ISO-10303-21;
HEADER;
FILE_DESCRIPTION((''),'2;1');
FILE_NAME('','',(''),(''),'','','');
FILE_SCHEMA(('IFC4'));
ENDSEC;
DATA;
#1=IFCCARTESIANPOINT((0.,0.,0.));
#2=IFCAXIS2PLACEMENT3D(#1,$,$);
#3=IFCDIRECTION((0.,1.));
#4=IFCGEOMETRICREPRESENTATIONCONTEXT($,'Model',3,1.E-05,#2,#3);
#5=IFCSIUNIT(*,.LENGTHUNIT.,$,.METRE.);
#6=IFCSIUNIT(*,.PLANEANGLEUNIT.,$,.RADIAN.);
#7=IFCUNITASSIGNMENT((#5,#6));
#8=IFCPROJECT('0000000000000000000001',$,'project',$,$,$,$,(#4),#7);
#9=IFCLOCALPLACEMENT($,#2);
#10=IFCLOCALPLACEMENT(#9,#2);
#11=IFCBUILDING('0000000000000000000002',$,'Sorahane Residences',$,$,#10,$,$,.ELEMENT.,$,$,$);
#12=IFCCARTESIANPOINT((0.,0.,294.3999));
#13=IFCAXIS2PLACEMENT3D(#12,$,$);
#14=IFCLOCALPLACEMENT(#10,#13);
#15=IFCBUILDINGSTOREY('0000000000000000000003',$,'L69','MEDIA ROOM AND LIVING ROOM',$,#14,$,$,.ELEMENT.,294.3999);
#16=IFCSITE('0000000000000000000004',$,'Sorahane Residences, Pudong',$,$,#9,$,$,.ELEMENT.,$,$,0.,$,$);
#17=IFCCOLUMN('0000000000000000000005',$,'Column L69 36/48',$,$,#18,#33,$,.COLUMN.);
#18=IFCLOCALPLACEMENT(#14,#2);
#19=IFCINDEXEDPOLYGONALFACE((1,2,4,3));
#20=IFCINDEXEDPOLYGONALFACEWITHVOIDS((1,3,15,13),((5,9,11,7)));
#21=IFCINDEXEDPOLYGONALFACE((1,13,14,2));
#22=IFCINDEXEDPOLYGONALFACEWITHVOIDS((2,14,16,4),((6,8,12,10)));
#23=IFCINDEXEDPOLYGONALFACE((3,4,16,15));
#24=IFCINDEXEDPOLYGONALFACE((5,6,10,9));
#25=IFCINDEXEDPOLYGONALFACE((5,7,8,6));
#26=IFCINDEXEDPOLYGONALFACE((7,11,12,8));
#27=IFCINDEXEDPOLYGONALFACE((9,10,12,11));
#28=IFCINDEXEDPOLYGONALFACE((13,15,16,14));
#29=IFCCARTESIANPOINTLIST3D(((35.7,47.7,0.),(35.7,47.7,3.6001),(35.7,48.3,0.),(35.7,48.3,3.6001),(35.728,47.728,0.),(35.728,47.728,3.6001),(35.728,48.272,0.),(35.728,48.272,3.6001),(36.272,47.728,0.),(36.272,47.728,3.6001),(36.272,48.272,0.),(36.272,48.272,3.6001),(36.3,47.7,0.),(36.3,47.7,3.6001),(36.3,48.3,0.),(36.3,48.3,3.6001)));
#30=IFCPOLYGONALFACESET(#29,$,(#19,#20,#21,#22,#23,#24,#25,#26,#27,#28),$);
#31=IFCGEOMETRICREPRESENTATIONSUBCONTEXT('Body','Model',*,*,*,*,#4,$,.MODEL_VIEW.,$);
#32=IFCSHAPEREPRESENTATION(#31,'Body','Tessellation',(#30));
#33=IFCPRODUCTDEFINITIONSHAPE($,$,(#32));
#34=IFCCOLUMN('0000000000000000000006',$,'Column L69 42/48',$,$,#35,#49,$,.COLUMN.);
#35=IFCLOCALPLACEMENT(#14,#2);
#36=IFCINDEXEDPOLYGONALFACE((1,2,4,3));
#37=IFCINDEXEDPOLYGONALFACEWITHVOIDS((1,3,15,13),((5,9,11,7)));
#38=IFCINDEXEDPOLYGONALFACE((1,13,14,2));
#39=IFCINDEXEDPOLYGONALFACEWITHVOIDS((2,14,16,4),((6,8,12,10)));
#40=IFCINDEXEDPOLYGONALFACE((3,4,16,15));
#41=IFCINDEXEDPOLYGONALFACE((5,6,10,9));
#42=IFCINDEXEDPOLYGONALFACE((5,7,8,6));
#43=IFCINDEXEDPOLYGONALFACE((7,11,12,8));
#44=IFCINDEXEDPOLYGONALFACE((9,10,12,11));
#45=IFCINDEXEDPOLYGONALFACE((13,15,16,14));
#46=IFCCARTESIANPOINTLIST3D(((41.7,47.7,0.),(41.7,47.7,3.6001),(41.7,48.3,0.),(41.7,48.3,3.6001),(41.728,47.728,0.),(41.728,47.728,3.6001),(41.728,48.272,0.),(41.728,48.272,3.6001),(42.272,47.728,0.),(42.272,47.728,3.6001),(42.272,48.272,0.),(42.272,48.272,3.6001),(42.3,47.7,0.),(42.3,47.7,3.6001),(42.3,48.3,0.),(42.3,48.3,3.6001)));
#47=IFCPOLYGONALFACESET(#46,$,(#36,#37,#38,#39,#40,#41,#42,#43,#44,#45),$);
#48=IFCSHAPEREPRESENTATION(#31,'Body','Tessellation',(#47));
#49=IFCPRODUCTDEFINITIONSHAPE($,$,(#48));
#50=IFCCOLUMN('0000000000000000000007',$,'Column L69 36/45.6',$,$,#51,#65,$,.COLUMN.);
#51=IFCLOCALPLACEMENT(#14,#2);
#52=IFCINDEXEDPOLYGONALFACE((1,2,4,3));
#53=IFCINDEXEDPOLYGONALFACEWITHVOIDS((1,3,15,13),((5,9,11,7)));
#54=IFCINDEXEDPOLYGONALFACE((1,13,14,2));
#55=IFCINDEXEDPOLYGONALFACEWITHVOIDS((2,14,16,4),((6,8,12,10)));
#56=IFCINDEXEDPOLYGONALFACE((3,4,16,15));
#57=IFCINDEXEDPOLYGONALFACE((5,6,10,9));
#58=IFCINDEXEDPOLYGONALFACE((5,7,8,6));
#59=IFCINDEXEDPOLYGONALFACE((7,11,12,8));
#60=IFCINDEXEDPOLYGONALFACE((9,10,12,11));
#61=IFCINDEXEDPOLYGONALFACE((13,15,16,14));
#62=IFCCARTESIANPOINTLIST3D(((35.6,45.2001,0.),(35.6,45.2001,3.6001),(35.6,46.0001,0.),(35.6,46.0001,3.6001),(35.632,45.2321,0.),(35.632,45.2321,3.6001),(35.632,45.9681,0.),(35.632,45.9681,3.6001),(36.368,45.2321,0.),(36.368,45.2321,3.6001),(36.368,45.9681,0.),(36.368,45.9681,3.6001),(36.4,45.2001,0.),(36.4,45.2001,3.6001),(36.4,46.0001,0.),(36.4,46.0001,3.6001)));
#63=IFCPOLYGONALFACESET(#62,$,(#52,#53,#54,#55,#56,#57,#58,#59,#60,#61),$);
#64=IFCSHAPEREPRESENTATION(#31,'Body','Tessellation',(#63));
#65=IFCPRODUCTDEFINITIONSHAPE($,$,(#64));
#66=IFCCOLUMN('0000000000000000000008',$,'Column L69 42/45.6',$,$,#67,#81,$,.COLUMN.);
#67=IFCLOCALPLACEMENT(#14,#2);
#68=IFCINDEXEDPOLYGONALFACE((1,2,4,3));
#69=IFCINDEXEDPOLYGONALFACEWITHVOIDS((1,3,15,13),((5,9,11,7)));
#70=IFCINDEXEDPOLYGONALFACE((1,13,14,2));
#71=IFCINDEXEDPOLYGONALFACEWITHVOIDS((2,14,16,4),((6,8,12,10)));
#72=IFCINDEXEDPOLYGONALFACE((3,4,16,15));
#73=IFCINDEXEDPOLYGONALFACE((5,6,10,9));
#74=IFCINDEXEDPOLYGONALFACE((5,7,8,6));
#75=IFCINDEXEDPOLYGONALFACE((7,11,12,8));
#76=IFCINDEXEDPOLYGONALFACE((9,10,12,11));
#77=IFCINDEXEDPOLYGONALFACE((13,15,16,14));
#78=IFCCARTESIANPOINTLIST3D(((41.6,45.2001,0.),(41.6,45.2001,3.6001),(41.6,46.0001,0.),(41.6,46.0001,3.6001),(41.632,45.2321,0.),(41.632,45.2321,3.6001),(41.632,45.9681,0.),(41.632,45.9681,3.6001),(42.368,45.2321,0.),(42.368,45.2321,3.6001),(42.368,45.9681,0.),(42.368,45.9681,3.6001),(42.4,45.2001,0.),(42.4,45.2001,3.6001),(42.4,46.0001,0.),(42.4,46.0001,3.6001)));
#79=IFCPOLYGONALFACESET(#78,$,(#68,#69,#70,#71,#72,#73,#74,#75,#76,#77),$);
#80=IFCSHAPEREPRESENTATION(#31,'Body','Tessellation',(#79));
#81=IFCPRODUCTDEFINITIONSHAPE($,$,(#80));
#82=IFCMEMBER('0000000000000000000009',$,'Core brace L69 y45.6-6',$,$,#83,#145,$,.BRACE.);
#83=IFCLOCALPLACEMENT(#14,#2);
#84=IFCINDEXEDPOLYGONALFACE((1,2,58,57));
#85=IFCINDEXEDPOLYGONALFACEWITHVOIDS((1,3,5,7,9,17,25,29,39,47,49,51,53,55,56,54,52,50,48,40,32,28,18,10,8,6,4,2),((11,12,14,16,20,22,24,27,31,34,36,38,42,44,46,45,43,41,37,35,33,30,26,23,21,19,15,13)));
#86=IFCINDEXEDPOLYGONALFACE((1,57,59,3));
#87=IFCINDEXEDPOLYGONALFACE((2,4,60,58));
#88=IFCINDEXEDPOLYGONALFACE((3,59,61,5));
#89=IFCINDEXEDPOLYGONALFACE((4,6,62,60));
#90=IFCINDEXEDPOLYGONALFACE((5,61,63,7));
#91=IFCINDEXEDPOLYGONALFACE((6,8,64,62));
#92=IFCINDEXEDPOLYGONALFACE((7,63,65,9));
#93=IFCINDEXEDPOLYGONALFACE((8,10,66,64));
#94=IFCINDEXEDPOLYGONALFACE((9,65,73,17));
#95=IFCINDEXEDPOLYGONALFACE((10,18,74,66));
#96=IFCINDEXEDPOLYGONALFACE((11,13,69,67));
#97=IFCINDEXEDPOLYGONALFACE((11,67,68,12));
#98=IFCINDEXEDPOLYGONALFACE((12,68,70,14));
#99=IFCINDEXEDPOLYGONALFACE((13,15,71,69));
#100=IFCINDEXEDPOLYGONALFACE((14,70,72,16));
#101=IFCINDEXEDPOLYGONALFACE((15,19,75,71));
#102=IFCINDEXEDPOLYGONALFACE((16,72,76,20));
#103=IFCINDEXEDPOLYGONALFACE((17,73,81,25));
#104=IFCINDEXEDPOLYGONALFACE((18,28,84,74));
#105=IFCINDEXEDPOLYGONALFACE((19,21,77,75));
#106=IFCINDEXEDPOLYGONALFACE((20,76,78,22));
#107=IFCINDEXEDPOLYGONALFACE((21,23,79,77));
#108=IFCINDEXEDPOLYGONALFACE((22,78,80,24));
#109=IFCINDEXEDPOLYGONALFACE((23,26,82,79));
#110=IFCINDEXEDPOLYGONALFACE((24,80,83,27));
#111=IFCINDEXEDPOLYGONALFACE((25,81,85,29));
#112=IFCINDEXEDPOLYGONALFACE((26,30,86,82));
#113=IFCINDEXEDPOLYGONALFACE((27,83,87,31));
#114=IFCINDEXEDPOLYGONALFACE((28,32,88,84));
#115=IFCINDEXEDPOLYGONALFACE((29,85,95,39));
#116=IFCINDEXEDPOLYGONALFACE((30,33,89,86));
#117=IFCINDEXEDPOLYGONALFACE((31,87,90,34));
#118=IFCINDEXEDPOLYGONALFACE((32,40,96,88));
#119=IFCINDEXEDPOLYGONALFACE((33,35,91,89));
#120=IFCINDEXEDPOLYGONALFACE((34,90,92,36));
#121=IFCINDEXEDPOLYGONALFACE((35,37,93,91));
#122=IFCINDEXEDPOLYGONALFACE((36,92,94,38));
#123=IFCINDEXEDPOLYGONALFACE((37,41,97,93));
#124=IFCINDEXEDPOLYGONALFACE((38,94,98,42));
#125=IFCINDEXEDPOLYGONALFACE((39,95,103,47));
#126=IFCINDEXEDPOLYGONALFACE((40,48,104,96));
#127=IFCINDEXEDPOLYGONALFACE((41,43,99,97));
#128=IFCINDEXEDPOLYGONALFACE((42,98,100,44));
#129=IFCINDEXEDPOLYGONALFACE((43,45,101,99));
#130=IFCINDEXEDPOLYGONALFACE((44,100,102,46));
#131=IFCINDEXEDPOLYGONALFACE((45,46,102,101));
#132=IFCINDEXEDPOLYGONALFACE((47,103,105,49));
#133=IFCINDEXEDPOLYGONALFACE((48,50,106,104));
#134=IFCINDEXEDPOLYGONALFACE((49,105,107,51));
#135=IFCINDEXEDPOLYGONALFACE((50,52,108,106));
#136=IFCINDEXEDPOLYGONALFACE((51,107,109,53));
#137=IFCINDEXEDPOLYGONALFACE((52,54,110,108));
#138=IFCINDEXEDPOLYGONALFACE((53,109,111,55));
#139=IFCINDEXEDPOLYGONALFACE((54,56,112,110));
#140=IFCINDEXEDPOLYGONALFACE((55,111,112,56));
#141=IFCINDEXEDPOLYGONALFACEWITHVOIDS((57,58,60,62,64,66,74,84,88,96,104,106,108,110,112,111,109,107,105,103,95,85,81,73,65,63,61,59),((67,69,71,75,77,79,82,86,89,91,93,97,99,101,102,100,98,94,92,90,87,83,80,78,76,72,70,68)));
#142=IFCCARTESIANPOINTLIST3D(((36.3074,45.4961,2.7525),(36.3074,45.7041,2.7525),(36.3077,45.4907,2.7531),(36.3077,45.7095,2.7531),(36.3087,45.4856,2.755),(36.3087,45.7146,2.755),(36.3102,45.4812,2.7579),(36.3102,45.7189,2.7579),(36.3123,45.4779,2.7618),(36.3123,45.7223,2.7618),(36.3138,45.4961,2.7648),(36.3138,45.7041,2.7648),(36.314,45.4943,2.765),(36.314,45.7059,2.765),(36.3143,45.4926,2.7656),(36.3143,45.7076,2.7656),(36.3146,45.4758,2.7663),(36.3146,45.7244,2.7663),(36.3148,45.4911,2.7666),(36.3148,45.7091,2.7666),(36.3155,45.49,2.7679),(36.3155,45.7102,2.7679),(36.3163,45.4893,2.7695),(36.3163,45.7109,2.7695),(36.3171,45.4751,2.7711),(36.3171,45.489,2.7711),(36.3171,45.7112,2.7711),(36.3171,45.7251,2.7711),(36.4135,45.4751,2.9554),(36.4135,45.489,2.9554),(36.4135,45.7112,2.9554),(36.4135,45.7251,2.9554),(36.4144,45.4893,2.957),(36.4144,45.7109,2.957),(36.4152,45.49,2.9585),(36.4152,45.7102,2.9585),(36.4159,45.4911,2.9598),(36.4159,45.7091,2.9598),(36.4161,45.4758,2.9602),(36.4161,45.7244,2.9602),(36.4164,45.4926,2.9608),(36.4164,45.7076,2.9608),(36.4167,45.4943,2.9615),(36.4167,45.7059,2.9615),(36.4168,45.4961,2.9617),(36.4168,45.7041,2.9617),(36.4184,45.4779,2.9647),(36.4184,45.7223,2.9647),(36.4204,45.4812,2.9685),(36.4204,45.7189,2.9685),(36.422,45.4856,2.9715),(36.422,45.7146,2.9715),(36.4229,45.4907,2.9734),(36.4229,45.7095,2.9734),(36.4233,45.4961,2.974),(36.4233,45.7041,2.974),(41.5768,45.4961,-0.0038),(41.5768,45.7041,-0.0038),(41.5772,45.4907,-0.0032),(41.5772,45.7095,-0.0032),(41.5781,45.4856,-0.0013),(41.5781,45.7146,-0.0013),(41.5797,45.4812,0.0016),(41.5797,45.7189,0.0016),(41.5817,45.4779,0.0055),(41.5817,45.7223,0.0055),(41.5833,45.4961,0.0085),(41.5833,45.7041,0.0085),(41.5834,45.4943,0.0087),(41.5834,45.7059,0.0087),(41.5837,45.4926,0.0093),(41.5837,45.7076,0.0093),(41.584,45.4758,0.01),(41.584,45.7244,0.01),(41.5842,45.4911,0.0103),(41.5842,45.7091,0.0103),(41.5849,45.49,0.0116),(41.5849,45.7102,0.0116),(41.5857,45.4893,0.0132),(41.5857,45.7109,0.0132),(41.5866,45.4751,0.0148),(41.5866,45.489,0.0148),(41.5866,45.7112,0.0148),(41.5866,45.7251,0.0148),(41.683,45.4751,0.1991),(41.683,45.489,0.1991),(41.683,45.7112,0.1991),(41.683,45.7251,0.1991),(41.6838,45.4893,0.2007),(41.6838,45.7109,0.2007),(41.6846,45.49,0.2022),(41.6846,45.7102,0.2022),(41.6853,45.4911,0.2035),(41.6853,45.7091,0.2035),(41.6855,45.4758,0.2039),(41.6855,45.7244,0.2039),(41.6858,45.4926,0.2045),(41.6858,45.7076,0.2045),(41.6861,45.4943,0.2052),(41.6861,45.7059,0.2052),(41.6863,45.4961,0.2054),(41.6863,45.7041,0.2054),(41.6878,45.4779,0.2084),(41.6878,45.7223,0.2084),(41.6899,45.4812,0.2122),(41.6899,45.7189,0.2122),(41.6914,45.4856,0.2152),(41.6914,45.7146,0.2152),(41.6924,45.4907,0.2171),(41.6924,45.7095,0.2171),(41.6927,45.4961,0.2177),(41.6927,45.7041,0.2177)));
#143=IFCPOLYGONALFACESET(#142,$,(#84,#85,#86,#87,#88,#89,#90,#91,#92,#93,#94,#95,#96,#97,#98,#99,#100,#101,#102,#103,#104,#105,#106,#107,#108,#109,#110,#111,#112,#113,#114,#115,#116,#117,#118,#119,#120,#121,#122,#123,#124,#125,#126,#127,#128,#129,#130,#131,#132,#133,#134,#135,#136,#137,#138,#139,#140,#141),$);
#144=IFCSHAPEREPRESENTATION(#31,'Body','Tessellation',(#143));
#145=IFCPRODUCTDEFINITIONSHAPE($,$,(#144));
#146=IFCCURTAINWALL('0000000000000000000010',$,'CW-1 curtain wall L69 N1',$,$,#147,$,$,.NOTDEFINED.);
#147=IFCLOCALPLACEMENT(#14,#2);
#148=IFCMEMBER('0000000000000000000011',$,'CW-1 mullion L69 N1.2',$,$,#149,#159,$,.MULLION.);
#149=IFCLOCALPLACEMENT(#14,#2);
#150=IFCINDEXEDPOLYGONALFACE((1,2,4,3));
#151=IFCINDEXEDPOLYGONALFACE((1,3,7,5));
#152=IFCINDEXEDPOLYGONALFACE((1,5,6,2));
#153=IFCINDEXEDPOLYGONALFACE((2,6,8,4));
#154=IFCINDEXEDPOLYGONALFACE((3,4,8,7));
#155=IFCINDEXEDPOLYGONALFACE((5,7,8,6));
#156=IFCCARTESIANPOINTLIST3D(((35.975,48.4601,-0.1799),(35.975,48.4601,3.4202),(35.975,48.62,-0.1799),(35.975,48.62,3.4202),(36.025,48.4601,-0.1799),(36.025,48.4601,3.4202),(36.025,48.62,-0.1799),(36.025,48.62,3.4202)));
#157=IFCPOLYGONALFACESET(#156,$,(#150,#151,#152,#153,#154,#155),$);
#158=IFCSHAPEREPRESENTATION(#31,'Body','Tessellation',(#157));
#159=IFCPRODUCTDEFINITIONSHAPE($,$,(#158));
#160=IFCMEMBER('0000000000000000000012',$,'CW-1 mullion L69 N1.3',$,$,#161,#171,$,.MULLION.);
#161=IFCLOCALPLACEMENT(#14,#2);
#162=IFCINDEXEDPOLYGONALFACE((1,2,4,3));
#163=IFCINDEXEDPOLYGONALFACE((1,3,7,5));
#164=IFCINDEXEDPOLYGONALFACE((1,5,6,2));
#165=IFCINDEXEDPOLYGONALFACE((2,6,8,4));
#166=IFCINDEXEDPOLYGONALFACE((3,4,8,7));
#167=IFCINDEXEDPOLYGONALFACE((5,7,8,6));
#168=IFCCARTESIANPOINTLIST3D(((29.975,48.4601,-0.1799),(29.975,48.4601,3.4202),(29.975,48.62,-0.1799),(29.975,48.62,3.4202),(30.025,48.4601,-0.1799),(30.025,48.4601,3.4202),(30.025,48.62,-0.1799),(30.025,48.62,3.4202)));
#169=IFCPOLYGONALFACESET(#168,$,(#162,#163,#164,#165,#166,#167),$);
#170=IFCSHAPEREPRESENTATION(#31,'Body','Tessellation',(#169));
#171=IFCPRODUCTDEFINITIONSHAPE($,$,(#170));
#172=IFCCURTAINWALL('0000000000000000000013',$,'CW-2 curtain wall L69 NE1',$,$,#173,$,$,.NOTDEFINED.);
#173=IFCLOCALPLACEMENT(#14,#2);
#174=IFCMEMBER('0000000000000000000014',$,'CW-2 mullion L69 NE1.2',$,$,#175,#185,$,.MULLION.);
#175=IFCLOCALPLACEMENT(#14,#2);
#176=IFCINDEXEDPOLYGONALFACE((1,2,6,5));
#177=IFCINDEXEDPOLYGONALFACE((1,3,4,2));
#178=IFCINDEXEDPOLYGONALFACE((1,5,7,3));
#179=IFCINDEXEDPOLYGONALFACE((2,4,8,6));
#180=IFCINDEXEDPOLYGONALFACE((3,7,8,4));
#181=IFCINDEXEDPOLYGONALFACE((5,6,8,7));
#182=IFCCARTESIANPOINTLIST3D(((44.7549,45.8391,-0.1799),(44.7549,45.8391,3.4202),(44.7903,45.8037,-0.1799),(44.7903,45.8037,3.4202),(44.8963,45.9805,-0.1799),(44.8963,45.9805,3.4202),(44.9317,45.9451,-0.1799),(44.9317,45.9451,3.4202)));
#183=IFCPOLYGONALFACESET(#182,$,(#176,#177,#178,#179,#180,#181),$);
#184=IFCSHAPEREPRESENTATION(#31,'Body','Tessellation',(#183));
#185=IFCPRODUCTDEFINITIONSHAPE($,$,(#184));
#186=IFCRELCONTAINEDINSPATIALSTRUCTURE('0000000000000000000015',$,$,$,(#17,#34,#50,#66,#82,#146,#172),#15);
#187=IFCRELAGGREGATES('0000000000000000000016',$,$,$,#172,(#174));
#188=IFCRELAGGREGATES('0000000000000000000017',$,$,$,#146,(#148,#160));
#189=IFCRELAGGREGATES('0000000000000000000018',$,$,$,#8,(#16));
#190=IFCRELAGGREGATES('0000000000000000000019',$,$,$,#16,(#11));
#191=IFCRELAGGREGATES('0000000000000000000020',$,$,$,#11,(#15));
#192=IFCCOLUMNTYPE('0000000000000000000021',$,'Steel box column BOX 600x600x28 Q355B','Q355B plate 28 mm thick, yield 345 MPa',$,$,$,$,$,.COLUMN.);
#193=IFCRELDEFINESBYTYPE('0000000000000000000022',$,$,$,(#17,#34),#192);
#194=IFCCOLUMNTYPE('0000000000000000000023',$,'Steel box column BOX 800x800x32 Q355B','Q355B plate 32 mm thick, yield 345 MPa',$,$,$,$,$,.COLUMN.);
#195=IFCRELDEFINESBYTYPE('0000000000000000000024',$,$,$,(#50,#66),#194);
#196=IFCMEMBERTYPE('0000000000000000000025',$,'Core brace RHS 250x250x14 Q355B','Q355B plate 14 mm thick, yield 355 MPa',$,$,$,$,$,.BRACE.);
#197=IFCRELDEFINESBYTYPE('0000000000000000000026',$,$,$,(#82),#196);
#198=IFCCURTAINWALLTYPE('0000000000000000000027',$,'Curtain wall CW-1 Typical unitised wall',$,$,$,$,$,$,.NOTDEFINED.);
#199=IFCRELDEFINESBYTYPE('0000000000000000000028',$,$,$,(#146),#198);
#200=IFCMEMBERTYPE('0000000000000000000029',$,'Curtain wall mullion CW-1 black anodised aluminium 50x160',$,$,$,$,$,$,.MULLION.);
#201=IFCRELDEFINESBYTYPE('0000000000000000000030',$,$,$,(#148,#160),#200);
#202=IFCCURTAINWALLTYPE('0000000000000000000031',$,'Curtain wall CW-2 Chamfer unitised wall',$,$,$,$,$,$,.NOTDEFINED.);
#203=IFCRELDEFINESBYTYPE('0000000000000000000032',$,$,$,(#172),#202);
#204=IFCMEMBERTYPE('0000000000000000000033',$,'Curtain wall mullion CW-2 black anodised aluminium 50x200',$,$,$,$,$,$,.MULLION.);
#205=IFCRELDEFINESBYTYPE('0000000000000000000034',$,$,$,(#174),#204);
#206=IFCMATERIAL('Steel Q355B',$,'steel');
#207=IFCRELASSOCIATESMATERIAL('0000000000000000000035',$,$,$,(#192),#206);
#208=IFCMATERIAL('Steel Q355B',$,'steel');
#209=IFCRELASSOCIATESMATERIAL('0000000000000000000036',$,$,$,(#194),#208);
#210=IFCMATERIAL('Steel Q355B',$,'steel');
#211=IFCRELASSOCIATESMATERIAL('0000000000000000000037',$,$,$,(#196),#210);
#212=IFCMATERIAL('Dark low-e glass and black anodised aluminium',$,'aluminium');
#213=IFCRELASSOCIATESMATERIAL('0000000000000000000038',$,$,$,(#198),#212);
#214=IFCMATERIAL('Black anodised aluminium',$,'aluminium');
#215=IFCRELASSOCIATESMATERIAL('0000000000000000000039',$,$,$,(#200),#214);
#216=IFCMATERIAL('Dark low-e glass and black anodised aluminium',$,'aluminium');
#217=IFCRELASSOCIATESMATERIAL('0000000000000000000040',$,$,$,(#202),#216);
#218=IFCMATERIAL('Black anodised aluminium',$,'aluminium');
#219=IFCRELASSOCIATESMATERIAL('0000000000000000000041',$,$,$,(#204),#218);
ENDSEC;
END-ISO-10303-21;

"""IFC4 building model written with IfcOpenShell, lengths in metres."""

from ifc_helpers import new_model, si_unit, direction, frame, origin, origin_2d, place, context, subcontext, project, spatial, rectangle, hollow_rectangle, extrude, material, material_profile, profile_set, type_object, element, aggregate, save


model = new_model("IFC4")

# Units and contexts
model_context = context("Model", 3, precision=1e-05, world=origin(), true_north=direction((0.0, 1.0)))
body_context = subcontext(model_context, "Body", "Model", "MODEL_VIEW")
ifc_project = project(units=[si_unit("LENGTHUNIT", "METRE"), si_unit("PLANEANGLEUNIT", "RADIAN")], contexts=[model_context])

# Site, building, storey
site_placement = place(None, origin())
site = spatial("IfcSite", under=ifc_project, at=site_placement, Name="Sorahane Residences, Pudong", CompositionType="ELEMENT", RefElevation=0.0)
building_placement = place(site_placement, origin())
building = spatial("IfcBuilding", under=site, at=building_placement, Name="Sorahane Residences", CompositionType="ELEMENT")
storey_placement = place(building_placement, frame((0.0, 0.0, 294.3999)))
storey = spatial("IfcBuildingStorey", under=building, at=storey_placement, Name="L69", Description="MEDIA ROOM AND LIVING ROOM", CompositionType="ELEMENT", Elevation=294.3999)

# Columns
ifc_material_1 = material(Name="Steel Q355B", Category="steel")
ifc_material_profile_1 = material_profile(ifc_material_1, hollow_rectangle(XDim=0.6001, YDim=0.6001, WallThickness=0.0281, at=origin_2d()), Name="BOX 600x600x28")
ifc_profile_set_1 = profile_set([ifc_material_profile_1], Name="Steel Q355B")
column_type_1 = type_object("IfcColumnType", Name="Steel box column BOX 600x600x28 Q355B", Description="Q355B plate 28 mm thick, yield 345 MPa", PredefinedType="COLUMN", material=ifc_profile_set_1)
for number, where, z_axis, x_axis, name in (
    (1, (36.0, 48.0, 0.0), (0.0, 0.0, 1.0), (1.0, 0.0, 0.0), "Column L69 36/48"),
    (2, (42.0, 48.0, 0.0), (0.0, 0.0, 1.0), (1.0, 0.0, 0.0), "Column L69 42/48"),
):
    element("IfcColumn", number, at=place(storey_placement, frame(where, z_axis=z_axis, x_axis=x_axis)), inside=storey, type_object=column_type_1, Name=name, PredefinedType="COLUMN", context=body_context, shape_type="SweptSolid", body=[
        extrude(hollow_rectangle(XDim=0.6001, YDim=0.6001, WallThickness=0.0281, at=origin_2d()), origin(), (0.0, 0.0, 1.0), 3.6001),
    ])
ifc_material_2 = material(Name="Steel Q355B", Category="steel")
ifc_material_profile_2 = material_profile(ifc_material_2, hollow_rectangle(XDim=0.8, YDim=0.8, WallThickness=0.032, at=origin_2d()), Name="BOX 800x800x32")
ifc_profile_set_2 = profile_set([ifc_material_profile_2], Name="Steel Q355B")
column_type_2 = type_object("IfcColumnType", Name="Steel box column BOX 800x800x32 Q355B", Description="Q355B plate 32 mm thick, yield 345 MPa", PredefinedType="COLUMN", material=ifc_profile_set_2)
for number, where, z_axis, x_axis, name in (
    (3, (36.0, 45.6001, 0.0), (0.0, 0.0, 1.0), (1.0, 0.0, 0.0), "Column L69 36/45.6"),
    (4, (42.0, 45.6001, 0.0), (0.0, 0.0, 1.0), (1.0, 0.0, 0.0), "Column L69 42/45.6"),
):
    element("IfcColumn", number, at=place(storey_placement, frame(where, z_axis=z_axis, x_axis=x_axis)), inside=storey, type_object=column_type_2, Name=name, PredefinedType="COLUMN", context=body_context, shape_type="SweptSolid", body=[
        extrude(hollow_rectangle(XDim=0.8, YDim=0.8, WallThickness=0.032, at=origin_2d()), origin(), (0.0, 0.0, 1.0), 3.6001),
    ])

# Member
ifc_material_3 = material(Name="Steel Q355B", Category="steel")
ifc_material_profile_3 = material_profile(ifc_material_3, hollow_rectangle(XDim=0.25, YDim=0.25, WallThickness=0.0139, InnerFilletRadius=0.0071, OuterFilletRadius=0.021, at=origin_2d()), Name="RHS 250x250x14")
ifc_profile_set_3 = profile_set([ifc_material_profile_3], Name="Steel Q355B")
member_type_1 = type_object("IfcMemberType", Name="Core brace RHS 250x250x14 Q355B", Description="Q355B plate 14 mm thick, yield 355 MPa", PredefinedType="BRACE", material=ifc_profile_set_3)
member_1_placement = place(storey_placement, frame((41.6348, 45.6001, 0.1069), z_axis=(-0.8861, 0.0, 0.463495), x_axis=(0.0, -1.0, 0.0)))
element("IfcMember", 5, at=member_1_placement, inside=storey, type_object=member_type_1, Name="Core brace L69 y45.6-6", PredefinedType="BRACE", context=body_context, shape_type="SweptSolid", body=[
    extrude(hollow_rectangle(XDim=0.25, YDim=0.25, WallThickness=0.0139, InnerFilletRadius=0.0071, OuterFilletRadius=0.021, at=origin_2d()), origin(), (0.0, 0.0, 1.0), 5.9468),
])

# Curtain walls, members
ifc_material_4 = material(Name="Dark low-e glass and black anodised aluminium", Category="aluminium")
curtain_wall_type_1 = type_object("IfcCurtainWallType", Name="Curtain wall CW-1 Typical unitised wall", PredefinedType="NOTDEFINED", material=ifc_material_4)
curtain_wall_1_placement = place(storey_placement, origin())
curtain_wall_1 = element("IfcCurtainWall", 6, at=curtain_wall_1_placement, inside=storey, type_object=curtain_wall_type_1, Name="CW-1 curtain wall L69 N1", PredefinedType="NOTDEFINED")
ifc_material_5 = material(Name="Black anodised aluminium", Category="aluminium")
ifc_material_profile_4 = material_profile(ifc_material_5, rectangle(XDim=0.1599, YDim=0.05, at=origin_2d()), Name="Curtain wall mullion CW-1 black anodised aluminium 50x160")
ifc_profile_set_4 = profile_set([ifc_material_profile_4], Name="Black anodised aluminium")
member_type_2 = type_object("IfcMemberType", Name="Curtain wall mullion CW-1 black anodised aluminium 50x160", PredefinedType="MULLION", material=ifc_profile_set_4)
member_2_placement = place(storey_placement, frame((36.0, 48.54, -0.1799), z_axis=(0.0, 0.0, 1.0), x_axis=(0.0, 1.0, 0.0)))
member_2 = element("IfcMember", 7, at=member_2_placement, type_object=member_type_2, Name="CW-1 mullion L69 N1.2", PredefinedType="MULLION", context=body_context, shape_type="SweptSolid", body=[
    extrude(rectangle(XDim=0.1599, YDim=0.05, at=origin_2d()), origin(), (0.0, 0.0, 1.0), 3.6001),
])
member_3_placement = place(storey_placement, frame((30.0, 48.54, -0.1799), z_axis=(0.0, 0.0, 1.0), x_axis=(0.0, 1.0, 0.0)))
member_3 = element("IfcMember", 8, at=member_3_placement, type_object=member_type_2, Name="CW-1 mullion L69 N1.3", PredefinedType="MULLION", context=body_context, shape_type="SweptSolid", body=[
    extrude(rectangle(XDim=0.1599, YDim=0.05, at=origin_2d()), origin(), (0.0, 0.0, 1.0), 3.6001),
])
ifc_material_6 = material(Name="Dark low-e glass and black anodised aluminium", Category="aluminium")
curtain_wall_type_2 = type_object("IfcCurtainWallType", Name="Curtain wall CW-2 Chamfer unitised wall", PredefinedType="NOTDEFINED", material=ifc_material_6)
curtain_wall_2_placement = place(storey_placement, origin())
curtain_wall_2 = element("IfcCurtainWall", 9, at=curtain_wall_2_placement, inside=storey, type_object=curtain_wall_type_2, Name="CW-2 curtain wall L69 NE1", PredefinedType="NOTDEFINED")
ifc_material_7 = material(Name="Black anodised aluminium", Category="aluminium")
ifc_material_profile_5 = material_profile(ifc_material_7, rectangle(XDim=0.2, YDim=0.05, at=origin_2d()), Name="Curtain wall mullion CW-2 black anodised aluminium 50x200")
ifc_profile_set_5 = profile_set([ifc_material_profile_5], Name="Black anodised aluminium")
member_type_3 = type_object("IfcMemberType", Name="Curtain wall mullion CW-2 black anodised aluminium 50x200", PredefinedType="MULLION", material=ifc_profile_set_5)
member_4_placement = place(storey_placement, frame((44.8433, 45.8921, -0.1799), z_axis=(0.0, 0.0, 1.0), x_axis=(0.707107, 0.707107, 0.0)))
member_4 = element("IfcMember", 10, at=member_4_placement, type_object=member_type_3, Name="CW-2 mullion L69 NE1.2", PredefinedType="MULLION", context=body_context, shape_type="SweptSolid", body=[
    extrude(rectangle(XDim=0.2, YDim=0.05, at=origin_2d()), origin(), (0.0, 0.0, 1.0), 3.6001),
])

aggregate(curtain_wall_2, [member_4])
aggregate(curtain_wall_1, [member_2, member_3])

save(model, "model.ifc")
